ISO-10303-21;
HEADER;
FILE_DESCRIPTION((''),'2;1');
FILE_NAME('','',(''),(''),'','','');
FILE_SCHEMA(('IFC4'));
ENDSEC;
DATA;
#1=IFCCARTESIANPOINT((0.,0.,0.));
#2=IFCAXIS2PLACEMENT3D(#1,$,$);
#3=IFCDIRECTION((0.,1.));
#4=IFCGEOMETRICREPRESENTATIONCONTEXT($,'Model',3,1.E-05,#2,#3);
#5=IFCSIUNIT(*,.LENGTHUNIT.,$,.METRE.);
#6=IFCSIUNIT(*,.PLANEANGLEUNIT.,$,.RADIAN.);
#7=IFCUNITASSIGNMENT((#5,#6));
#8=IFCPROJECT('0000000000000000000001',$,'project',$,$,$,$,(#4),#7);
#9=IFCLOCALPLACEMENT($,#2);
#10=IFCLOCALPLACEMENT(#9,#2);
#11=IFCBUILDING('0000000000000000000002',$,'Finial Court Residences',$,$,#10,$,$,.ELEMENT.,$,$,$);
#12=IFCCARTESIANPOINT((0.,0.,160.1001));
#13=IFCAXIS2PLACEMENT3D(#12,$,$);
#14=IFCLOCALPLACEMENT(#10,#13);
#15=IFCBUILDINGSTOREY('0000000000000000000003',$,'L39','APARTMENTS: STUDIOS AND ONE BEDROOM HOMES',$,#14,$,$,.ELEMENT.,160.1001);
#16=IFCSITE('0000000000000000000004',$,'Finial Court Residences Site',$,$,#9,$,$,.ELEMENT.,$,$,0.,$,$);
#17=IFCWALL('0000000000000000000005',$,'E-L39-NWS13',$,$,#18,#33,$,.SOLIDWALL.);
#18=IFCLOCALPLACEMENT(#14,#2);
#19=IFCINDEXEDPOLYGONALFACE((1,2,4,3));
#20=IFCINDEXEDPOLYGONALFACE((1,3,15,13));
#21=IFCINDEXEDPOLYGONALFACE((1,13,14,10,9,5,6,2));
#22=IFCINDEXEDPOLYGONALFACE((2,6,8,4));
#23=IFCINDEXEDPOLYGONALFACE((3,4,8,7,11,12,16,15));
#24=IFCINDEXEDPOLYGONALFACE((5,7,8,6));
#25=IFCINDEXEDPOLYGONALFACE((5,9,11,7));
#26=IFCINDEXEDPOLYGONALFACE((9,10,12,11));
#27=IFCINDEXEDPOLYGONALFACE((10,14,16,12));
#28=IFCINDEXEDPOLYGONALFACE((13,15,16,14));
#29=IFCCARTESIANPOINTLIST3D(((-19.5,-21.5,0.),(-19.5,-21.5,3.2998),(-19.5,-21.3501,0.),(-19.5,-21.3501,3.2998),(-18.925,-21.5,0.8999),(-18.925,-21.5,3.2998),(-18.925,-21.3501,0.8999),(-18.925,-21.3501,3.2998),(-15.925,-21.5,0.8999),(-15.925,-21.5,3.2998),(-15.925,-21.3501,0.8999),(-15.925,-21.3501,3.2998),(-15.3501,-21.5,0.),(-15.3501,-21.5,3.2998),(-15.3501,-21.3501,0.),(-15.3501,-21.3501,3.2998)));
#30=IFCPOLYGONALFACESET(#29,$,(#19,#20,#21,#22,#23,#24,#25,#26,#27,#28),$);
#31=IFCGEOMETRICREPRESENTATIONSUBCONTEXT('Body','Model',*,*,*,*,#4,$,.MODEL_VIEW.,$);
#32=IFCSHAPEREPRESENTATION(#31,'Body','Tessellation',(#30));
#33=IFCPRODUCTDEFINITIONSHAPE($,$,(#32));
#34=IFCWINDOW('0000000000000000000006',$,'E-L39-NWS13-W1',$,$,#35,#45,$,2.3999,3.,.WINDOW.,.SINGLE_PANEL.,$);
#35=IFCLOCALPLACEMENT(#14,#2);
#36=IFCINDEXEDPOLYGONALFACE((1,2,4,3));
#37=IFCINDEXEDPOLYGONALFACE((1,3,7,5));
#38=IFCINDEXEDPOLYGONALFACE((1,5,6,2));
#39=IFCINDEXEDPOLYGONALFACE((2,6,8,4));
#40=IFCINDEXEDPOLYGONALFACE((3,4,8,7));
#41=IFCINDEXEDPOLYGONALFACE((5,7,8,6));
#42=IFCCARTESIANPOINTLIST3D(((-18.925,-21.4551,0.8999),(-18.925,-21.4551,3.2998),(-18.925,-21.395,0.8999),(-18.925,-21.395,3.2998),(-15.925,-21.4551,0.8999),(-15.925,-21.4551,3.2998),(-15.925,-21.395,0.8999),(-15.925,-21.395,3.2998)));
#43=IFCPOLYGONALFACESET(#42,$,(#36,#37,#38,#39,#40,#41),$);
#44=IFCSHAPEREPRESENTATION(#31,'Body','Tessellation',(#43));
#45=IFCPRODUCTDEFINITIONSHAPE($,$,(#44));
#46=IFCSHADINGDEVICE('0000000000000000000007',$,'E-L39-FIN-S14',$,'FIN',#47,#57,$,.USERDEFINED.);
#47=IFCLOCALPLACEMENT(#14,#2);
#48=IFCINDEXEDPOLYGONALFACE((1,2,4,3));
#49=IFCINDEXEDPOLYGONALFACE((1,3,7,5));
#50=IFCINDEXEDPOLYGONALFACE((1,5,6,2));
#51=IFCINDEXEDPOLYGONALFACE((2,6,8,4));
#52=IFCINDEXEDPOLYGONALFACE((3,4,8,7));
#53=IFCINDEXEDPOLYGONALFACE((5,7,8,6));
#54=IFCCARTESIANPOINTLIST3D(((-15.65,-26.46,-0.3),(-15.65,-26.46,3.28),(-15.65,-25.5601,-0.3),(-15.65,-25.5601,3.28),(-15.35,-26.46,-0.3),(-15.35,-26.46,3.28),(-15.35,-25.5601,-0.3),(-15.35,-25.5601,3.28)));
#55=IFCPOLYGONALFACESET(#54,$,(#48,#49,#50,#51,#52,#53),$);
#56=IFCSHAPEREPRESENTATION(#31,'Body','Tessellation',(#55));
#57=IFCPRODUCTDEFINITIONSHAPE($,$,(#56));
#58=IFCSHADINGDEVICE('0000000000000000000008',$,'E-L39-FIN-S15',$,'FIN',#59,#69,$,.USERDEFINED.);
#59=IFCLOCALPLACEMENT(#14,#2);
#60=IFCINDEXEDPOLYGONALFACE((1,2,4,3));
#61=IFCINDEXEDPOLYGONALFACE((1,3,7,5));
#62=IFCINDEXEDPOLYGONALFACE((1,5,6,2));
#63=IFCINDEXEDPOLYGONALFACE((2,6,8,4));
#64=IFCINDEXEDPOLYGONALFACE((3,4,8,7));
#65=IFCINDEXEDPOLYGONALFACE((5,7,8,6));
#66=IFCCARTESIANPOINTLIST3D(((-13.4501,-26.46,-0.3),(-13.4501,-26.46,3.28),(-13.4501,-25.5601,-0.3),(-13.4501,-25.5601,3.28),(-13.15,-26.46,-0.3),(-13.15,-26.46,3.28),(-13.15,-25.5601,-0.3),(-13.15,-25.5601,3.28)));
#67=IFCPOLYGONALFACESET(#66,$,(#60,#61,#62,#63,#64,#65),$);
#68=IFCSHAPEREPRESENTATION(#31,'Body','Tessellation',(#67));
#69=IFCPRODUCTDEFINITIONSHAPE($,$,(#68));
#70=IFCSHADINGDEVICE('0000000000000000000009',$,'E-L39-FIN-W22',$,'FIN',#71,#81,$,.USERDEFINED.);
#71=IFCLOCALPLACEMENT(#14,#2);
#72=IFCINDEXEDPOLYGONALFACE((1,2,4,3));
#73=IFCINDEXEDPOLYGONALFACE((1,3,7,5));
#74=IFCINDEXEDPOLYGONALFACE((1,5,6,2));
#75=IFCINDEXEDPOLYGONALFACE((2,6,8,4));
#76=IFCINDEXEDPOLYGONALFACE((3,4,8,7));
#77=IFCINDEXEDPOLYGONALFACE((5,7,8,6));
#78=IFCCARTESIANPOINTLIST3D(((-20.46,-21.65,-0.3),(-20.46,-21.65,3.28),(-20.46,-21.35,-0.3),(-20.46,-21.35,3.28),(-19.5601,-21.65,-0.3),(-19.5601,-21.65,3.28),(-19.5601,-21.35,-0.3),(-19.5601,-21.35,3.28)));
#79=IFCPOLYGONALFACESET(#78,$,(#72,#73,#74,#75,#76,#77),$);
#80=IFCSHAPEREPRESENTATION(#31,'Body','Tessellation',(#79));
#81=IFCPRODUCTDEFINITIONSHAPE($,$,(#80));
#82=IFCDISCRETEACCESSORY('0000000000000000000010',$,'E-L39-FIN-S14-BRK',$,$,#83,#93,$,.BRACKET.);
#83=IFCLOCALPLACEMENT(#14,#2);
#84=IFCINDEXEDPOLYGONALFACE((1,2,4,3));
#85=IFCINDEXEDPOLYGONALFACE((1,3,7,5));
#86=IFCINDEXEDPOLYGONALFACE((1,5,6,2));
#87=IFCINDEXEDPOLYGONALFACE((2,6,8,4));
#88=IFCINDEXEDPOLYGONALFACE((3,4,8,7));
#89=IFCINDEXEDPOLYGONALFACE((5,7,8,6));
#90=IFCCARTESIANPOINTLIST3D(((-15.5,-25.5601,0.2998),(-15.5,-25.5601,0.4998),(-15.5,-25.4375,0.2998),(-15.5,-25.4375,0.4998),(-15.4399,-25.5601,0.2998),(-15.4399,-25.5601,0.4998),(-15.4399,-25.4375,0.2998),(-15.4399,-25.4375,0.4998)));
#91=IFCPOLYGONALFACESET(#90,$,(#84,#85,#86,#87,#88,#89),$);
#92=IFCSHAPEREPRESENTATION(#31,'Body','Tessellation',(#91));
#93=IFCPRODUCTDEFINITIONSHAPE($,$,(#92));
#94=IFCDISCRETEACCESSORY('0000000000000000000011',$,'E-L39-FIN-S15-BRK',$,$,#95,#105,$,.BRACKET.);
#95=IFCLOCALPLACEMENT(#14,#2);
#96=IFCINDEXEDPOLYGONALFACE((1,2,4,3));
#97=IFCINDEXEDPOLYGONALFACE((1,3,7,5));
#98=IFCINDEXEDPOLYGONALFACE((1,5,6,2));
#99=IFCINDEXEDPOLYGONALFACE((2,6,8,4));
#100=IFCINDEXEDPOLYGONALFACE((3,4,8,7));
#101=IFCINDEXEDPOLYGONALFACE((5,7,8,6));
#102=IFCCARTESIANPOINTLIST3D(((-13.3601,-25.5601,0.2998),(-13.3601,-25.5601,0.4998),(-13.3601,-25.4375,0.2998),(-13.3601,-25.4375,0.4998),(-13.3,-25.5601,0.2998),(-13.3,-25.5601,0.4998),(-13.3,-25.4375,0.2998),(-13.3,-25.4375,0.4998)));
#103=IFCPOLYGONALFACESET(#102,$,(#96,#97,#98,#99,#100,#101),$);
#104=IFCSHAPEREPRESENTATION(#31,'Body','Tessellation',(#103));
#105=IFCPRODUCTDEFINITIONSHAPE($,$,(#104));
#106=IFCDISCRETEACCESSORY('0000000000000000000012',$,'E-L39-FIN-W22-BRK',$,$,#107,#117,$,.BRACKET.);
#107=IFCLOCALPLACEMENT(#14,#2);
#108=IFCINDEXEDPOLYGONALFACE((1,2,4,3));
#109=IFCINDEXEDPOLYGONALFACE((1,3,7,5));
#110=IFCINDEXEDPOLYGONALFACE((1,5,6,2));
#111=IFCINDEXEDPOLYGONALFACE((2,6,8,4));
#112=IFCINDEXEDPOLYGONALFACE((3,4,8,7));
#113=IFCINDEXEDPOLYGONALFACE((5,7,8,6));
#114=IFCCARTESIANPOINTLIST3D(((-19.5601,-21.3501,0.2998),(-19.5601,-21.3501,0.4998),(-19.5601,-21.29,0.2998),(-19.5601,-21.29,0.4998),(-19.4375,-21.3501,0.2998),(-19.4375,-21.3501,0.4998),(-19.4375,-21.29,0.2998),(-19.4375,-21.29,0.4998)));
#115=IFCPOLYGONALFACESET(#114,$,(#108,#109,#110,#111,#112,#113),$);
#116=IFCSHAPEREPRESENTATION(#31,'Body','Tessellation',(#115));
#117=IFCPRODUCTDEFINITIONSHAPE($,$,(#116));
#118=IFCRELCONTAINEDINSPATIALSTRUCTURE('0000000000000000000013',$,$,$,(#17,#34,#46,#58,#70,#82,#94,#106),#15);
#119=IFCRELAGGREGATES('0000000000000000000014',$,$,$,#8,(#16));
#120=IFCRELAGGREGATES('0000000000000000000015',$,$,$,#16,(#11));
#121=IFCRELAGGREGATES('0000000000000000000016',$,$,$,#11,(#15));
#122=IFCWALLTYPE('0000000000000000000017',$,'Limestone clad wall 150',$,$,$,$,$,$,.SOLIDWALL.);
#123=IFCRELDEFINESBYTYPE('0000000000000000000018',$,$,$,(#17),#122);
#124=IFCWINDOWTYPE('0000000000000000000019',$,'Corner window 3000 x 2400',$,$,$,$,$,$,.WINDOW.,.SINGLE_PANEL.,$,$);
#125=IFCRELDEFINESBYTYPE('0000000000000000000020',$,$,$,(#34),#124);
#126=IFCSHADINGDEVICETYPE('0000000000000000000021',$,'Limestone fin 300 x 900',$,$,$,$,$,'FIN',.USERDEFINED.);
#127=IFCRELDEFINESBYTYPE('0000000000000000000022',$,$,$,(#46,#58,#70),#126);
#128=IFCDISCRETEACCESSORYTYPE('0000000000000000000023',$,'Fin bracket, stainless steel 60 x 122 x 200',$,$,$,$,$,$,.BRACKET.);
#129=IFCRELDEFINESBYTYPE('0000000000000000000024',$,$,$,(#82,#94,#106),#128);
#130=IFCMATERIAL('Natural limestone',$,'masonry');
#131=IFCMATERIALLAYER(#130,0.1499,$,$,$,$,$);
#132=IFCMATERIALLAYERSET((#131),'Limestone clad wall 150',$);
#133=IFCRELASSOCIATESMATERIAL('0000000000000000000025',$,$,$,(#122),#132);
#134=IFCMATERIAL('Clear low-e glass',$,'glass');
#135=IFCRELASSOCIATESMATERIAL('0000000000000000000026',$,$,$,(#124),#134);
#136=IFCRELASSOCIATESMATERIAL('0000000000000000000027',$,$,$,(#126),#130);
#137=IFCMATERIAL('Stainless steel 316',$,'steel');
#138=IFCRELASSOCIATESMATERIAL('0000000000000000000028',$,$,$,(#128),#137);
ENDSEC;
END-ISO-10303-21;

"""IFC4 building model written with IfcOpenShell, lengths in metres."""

from ifc_helpers import new_model, si_unit, direction, frame, frame_2d, origin, origin_2d, place, context, subcontext, project, spatial, rectangle, extrude, material, layer, layer_set, type_object, element, fill, save


model = new_model("IFC4")

# Units and contexts
model_context = context("Model", 3, precision=1e-05, world=origin(), true_north=direction((0.0, 1.0)))
body_context = subcontext(model_context, "Body", "Model", "MODEL_VIEW")
ifc_project = project(units=[si_unit("LENGTHUNIT", "METRE"), si_unit("PLANEANGLEUNIT", "RADIAN")], contexts=[model_context])

# Site, building, storey
site_placement = place(None, origin())
site = spatial("IfcSite", under=ifc_project, at=site_placement, Name="Finial Court Residences Site", CompositionType="ELEMENT", RefElevation=0.0)
building_placement = place(site_placement, origin())
building = spatial("IfcBuilding", under=site, at=building_placement, Name="Finial Court Residences", CompositionType="ELEMENT")
storey_placement = place(building_placement, frame((0.0, 0.0, 160.1001)))
storey = spatial("IfcBuildingStorey", under=building, at=storey_placement, Name="L39", Description="APARTMENTS: STUDIOS AND ONE BEDROOM HOMES", CompositionType="ELEMENT", Elevation=160.1001)

# Shared definitions
ifc_material_1 = material(Name="Clear low-e glass", Category="glass")

# Wall, opening, window
ifc_material_2 = material(Name="Natural limestone", Category="masonry")
ifc_layer_1 = layer(ifc_material_2, 0.1499)
ifc_layer_set_1 = layer_set([ifc_layer_1], Name="Limestone clad wall 150")
wall_type_1 = type_object("IfcWallType", Name="Limestone clad wall 150", PredefinedType="SOLIDWALL", material=ifc_layer_set_1)
wall_1_placement = place(storey_placement, frame((-15.3501, -21.425, 0.0), z_axis=(0.0, 0.0, 1.0), x_axis=(-1.0, 0.0, 0.0)))
wall_1 = element("IfcWall", 1, at=wall_1_placement, inside=storey, type_object=wall_type_1, Name="E-L39-NWS13", PredefinedType="SOLIDWALL", context=body_context, shape_type="SweptSolid", body=[
    extrude(rectangle(XDim=4.1499, YDim=0.1499, at=frame_2d((2.075, 0.0))), origin(), (0.0, 0.0, 1.0), 3.2998),
])
opening_1_placement = place(wall_1_placement, frame((0.575, 0.0, 0.8999)))
opening_1 = element("IfcOpeningElement", 2, at=opening_1_placement, cuts=wall_1, PredefinedType="OPENING", context=body_context, shape_type="SweptSolid", body=[
    extrude(rectangle(XDim=3.0, YDim=2.3999, at=frame_2d((1.5, 1.2))), frame((0.0, 0.085, 0.0), z_axis=(0.0, -1.0, 0.0), x_axis=(1.0, 0.0, 0.0)), (0.0, 0.0, 1.0), 0.1699),
])
window_type_1 = type_object("IfcWindowType", Name="Corner window 3000 x 2400", PartitioningType="SINGLE_PANEL", PredefinedType="WINDOW", material=ifc_material_1)
window_1_placement = place(opening_1_placement, origin())
window_1 = element("IfcWindow", 3, at=window_1_placement, inside=storey, type_object=window_type_1, Name="E-L39-NWS13-W1", OverallHeight=2.3999, OverallWidth=3.0, PartitioningType="SINGLE_PANEL", PredefinedType="WINDOW", context=body_context, shape_type="SweptSolid", body=[
    extrude(rectangle(XDim=3.0, YDim=2.3999, at=frame_2d((1.5, 1.2))), frame((0.0, 0.03, 0.0), z_axis=(0.0, -1.0, 0.0), x_axis=(1.0, 0.0, 0.0)), (0.0, 0.0, 1.0), 0.0601),
])
fill(opening_1, window_1)

# Shading devices
shading_device_type = type_object("IfcShadingDeviceType", Name="Limestone fin 300 x 900", ElementType="FIN", PredefinedType="USERDEFINED", material=ifc_material_2)
for number, where, z_axis, x_axis, name in (
    (4, (-15.5, -26.01, -0.3), (0.0, 0.0, 1.0), (1.0, 0.0, 0.0), "E-L39-FIN-S14"),
    (5, (-13.3, -26.01, -0.3), (0.0, 0.0, 1.0), (1.0, 0.0, 0.0), "E-L39-FIN-S15"),
):
    element("IfcShadingDevice", number, at=place(storey_placement, frame(where, z_axis=z_axis, x_axis=x_axis)), inside=storey, type_object=shading_device_type, Name=name, ObjectType="FIN", PredefinedType="USERDEFINED", context=body_context, shape_type="SweptSolid", body=[
        extrude(rectangle(XDim=0.3, YDim=0.8999, at=origin_2d()), origin(), (0.0, 0.0, 1.0), 3.5801),
    ])
shading_device_placement = place(storey_placement, frame((-20.01, -21.5, -0.3), z_axis=(0.0, 0.0, 1.0), x_axis=(1.0, 0.0, 0.0)))
element("IfcShadingDevice", 6, at=shading_device_placement, inside=storey, type_object=shading_device_type, Name="E-L39-FIN-W22", ObjectType="FIN", PredefinedType="USERDEFINED", context=body_context, shape_type="SweptSolid", body=[
    extrude(rectangle(XDim=0.8999, YDim=0.3, at=origin_2d()), origin(), (0.0, 0.0, 1.0), 3.5801),
])

# Discrete accessories
ifc_material_3 = material(Name="Stainless steel 316", Category="steel")
discrete_accessory_type = type_object("IfcDiscreteAccessoryType", Name="Fin bracket, stainless steel 60 x 122 x 200", PredefinedType="BRACKET", material=ifc_material_3)
for number, where, z_axis, x_axis, name in (
    (7, (-15.47, -25.4988, 0.2998), (0.0, 0.0, 1.0), (1.0, 0.0, 0.0), "E-L39-FIN-S14-BRK"),
    (8, (-13.3301, -25.4988, 0.2998), (0.0, 0.0, 1.0), (1.0, 0.0, 0.0), "E-L39-FIN-S15-BRK"),
):
    element("IfcDiscreteAccessory", number, at=place(storey_placement, frame(where, z_axis=z_axis, x_axis=x_axis)), inside=storey, type_object=discrete_accessory_type, Name=name, PredefinedType="BRACKET", context=body_context, shape_type="SweptSolid", body=[
        extrude(rectangle(XDim=0.0601, YDim=0.1226, at=origin_2d()), origin(), (0.0, 0.0, 1.0), 0.2),
    ])
discrete_accessory_placement = place(storey_placement, frame((-19.4988, -21.3201, 0.2998), z_axis=(0.0, 0.0, 1.0), x_axis=(1.0, 0.0, 0.0)))
element("IfcDiscreteAccessory", 9, at=discrete_accessory_placement, inside=storey, type_object=discrete_accessory_type, Name="E-L39-FIN-W22-BRK", PredefinedType="BRACKET", context=body_context, shape_type="SweptSolid", body=[
    extrude(rectangle(XDim=0.1226, YDim=0.0601, at=origin_2d()), origin(), (0.0, 0.0, 1.0), 0.2),
])

save(model, "model.ifc")
